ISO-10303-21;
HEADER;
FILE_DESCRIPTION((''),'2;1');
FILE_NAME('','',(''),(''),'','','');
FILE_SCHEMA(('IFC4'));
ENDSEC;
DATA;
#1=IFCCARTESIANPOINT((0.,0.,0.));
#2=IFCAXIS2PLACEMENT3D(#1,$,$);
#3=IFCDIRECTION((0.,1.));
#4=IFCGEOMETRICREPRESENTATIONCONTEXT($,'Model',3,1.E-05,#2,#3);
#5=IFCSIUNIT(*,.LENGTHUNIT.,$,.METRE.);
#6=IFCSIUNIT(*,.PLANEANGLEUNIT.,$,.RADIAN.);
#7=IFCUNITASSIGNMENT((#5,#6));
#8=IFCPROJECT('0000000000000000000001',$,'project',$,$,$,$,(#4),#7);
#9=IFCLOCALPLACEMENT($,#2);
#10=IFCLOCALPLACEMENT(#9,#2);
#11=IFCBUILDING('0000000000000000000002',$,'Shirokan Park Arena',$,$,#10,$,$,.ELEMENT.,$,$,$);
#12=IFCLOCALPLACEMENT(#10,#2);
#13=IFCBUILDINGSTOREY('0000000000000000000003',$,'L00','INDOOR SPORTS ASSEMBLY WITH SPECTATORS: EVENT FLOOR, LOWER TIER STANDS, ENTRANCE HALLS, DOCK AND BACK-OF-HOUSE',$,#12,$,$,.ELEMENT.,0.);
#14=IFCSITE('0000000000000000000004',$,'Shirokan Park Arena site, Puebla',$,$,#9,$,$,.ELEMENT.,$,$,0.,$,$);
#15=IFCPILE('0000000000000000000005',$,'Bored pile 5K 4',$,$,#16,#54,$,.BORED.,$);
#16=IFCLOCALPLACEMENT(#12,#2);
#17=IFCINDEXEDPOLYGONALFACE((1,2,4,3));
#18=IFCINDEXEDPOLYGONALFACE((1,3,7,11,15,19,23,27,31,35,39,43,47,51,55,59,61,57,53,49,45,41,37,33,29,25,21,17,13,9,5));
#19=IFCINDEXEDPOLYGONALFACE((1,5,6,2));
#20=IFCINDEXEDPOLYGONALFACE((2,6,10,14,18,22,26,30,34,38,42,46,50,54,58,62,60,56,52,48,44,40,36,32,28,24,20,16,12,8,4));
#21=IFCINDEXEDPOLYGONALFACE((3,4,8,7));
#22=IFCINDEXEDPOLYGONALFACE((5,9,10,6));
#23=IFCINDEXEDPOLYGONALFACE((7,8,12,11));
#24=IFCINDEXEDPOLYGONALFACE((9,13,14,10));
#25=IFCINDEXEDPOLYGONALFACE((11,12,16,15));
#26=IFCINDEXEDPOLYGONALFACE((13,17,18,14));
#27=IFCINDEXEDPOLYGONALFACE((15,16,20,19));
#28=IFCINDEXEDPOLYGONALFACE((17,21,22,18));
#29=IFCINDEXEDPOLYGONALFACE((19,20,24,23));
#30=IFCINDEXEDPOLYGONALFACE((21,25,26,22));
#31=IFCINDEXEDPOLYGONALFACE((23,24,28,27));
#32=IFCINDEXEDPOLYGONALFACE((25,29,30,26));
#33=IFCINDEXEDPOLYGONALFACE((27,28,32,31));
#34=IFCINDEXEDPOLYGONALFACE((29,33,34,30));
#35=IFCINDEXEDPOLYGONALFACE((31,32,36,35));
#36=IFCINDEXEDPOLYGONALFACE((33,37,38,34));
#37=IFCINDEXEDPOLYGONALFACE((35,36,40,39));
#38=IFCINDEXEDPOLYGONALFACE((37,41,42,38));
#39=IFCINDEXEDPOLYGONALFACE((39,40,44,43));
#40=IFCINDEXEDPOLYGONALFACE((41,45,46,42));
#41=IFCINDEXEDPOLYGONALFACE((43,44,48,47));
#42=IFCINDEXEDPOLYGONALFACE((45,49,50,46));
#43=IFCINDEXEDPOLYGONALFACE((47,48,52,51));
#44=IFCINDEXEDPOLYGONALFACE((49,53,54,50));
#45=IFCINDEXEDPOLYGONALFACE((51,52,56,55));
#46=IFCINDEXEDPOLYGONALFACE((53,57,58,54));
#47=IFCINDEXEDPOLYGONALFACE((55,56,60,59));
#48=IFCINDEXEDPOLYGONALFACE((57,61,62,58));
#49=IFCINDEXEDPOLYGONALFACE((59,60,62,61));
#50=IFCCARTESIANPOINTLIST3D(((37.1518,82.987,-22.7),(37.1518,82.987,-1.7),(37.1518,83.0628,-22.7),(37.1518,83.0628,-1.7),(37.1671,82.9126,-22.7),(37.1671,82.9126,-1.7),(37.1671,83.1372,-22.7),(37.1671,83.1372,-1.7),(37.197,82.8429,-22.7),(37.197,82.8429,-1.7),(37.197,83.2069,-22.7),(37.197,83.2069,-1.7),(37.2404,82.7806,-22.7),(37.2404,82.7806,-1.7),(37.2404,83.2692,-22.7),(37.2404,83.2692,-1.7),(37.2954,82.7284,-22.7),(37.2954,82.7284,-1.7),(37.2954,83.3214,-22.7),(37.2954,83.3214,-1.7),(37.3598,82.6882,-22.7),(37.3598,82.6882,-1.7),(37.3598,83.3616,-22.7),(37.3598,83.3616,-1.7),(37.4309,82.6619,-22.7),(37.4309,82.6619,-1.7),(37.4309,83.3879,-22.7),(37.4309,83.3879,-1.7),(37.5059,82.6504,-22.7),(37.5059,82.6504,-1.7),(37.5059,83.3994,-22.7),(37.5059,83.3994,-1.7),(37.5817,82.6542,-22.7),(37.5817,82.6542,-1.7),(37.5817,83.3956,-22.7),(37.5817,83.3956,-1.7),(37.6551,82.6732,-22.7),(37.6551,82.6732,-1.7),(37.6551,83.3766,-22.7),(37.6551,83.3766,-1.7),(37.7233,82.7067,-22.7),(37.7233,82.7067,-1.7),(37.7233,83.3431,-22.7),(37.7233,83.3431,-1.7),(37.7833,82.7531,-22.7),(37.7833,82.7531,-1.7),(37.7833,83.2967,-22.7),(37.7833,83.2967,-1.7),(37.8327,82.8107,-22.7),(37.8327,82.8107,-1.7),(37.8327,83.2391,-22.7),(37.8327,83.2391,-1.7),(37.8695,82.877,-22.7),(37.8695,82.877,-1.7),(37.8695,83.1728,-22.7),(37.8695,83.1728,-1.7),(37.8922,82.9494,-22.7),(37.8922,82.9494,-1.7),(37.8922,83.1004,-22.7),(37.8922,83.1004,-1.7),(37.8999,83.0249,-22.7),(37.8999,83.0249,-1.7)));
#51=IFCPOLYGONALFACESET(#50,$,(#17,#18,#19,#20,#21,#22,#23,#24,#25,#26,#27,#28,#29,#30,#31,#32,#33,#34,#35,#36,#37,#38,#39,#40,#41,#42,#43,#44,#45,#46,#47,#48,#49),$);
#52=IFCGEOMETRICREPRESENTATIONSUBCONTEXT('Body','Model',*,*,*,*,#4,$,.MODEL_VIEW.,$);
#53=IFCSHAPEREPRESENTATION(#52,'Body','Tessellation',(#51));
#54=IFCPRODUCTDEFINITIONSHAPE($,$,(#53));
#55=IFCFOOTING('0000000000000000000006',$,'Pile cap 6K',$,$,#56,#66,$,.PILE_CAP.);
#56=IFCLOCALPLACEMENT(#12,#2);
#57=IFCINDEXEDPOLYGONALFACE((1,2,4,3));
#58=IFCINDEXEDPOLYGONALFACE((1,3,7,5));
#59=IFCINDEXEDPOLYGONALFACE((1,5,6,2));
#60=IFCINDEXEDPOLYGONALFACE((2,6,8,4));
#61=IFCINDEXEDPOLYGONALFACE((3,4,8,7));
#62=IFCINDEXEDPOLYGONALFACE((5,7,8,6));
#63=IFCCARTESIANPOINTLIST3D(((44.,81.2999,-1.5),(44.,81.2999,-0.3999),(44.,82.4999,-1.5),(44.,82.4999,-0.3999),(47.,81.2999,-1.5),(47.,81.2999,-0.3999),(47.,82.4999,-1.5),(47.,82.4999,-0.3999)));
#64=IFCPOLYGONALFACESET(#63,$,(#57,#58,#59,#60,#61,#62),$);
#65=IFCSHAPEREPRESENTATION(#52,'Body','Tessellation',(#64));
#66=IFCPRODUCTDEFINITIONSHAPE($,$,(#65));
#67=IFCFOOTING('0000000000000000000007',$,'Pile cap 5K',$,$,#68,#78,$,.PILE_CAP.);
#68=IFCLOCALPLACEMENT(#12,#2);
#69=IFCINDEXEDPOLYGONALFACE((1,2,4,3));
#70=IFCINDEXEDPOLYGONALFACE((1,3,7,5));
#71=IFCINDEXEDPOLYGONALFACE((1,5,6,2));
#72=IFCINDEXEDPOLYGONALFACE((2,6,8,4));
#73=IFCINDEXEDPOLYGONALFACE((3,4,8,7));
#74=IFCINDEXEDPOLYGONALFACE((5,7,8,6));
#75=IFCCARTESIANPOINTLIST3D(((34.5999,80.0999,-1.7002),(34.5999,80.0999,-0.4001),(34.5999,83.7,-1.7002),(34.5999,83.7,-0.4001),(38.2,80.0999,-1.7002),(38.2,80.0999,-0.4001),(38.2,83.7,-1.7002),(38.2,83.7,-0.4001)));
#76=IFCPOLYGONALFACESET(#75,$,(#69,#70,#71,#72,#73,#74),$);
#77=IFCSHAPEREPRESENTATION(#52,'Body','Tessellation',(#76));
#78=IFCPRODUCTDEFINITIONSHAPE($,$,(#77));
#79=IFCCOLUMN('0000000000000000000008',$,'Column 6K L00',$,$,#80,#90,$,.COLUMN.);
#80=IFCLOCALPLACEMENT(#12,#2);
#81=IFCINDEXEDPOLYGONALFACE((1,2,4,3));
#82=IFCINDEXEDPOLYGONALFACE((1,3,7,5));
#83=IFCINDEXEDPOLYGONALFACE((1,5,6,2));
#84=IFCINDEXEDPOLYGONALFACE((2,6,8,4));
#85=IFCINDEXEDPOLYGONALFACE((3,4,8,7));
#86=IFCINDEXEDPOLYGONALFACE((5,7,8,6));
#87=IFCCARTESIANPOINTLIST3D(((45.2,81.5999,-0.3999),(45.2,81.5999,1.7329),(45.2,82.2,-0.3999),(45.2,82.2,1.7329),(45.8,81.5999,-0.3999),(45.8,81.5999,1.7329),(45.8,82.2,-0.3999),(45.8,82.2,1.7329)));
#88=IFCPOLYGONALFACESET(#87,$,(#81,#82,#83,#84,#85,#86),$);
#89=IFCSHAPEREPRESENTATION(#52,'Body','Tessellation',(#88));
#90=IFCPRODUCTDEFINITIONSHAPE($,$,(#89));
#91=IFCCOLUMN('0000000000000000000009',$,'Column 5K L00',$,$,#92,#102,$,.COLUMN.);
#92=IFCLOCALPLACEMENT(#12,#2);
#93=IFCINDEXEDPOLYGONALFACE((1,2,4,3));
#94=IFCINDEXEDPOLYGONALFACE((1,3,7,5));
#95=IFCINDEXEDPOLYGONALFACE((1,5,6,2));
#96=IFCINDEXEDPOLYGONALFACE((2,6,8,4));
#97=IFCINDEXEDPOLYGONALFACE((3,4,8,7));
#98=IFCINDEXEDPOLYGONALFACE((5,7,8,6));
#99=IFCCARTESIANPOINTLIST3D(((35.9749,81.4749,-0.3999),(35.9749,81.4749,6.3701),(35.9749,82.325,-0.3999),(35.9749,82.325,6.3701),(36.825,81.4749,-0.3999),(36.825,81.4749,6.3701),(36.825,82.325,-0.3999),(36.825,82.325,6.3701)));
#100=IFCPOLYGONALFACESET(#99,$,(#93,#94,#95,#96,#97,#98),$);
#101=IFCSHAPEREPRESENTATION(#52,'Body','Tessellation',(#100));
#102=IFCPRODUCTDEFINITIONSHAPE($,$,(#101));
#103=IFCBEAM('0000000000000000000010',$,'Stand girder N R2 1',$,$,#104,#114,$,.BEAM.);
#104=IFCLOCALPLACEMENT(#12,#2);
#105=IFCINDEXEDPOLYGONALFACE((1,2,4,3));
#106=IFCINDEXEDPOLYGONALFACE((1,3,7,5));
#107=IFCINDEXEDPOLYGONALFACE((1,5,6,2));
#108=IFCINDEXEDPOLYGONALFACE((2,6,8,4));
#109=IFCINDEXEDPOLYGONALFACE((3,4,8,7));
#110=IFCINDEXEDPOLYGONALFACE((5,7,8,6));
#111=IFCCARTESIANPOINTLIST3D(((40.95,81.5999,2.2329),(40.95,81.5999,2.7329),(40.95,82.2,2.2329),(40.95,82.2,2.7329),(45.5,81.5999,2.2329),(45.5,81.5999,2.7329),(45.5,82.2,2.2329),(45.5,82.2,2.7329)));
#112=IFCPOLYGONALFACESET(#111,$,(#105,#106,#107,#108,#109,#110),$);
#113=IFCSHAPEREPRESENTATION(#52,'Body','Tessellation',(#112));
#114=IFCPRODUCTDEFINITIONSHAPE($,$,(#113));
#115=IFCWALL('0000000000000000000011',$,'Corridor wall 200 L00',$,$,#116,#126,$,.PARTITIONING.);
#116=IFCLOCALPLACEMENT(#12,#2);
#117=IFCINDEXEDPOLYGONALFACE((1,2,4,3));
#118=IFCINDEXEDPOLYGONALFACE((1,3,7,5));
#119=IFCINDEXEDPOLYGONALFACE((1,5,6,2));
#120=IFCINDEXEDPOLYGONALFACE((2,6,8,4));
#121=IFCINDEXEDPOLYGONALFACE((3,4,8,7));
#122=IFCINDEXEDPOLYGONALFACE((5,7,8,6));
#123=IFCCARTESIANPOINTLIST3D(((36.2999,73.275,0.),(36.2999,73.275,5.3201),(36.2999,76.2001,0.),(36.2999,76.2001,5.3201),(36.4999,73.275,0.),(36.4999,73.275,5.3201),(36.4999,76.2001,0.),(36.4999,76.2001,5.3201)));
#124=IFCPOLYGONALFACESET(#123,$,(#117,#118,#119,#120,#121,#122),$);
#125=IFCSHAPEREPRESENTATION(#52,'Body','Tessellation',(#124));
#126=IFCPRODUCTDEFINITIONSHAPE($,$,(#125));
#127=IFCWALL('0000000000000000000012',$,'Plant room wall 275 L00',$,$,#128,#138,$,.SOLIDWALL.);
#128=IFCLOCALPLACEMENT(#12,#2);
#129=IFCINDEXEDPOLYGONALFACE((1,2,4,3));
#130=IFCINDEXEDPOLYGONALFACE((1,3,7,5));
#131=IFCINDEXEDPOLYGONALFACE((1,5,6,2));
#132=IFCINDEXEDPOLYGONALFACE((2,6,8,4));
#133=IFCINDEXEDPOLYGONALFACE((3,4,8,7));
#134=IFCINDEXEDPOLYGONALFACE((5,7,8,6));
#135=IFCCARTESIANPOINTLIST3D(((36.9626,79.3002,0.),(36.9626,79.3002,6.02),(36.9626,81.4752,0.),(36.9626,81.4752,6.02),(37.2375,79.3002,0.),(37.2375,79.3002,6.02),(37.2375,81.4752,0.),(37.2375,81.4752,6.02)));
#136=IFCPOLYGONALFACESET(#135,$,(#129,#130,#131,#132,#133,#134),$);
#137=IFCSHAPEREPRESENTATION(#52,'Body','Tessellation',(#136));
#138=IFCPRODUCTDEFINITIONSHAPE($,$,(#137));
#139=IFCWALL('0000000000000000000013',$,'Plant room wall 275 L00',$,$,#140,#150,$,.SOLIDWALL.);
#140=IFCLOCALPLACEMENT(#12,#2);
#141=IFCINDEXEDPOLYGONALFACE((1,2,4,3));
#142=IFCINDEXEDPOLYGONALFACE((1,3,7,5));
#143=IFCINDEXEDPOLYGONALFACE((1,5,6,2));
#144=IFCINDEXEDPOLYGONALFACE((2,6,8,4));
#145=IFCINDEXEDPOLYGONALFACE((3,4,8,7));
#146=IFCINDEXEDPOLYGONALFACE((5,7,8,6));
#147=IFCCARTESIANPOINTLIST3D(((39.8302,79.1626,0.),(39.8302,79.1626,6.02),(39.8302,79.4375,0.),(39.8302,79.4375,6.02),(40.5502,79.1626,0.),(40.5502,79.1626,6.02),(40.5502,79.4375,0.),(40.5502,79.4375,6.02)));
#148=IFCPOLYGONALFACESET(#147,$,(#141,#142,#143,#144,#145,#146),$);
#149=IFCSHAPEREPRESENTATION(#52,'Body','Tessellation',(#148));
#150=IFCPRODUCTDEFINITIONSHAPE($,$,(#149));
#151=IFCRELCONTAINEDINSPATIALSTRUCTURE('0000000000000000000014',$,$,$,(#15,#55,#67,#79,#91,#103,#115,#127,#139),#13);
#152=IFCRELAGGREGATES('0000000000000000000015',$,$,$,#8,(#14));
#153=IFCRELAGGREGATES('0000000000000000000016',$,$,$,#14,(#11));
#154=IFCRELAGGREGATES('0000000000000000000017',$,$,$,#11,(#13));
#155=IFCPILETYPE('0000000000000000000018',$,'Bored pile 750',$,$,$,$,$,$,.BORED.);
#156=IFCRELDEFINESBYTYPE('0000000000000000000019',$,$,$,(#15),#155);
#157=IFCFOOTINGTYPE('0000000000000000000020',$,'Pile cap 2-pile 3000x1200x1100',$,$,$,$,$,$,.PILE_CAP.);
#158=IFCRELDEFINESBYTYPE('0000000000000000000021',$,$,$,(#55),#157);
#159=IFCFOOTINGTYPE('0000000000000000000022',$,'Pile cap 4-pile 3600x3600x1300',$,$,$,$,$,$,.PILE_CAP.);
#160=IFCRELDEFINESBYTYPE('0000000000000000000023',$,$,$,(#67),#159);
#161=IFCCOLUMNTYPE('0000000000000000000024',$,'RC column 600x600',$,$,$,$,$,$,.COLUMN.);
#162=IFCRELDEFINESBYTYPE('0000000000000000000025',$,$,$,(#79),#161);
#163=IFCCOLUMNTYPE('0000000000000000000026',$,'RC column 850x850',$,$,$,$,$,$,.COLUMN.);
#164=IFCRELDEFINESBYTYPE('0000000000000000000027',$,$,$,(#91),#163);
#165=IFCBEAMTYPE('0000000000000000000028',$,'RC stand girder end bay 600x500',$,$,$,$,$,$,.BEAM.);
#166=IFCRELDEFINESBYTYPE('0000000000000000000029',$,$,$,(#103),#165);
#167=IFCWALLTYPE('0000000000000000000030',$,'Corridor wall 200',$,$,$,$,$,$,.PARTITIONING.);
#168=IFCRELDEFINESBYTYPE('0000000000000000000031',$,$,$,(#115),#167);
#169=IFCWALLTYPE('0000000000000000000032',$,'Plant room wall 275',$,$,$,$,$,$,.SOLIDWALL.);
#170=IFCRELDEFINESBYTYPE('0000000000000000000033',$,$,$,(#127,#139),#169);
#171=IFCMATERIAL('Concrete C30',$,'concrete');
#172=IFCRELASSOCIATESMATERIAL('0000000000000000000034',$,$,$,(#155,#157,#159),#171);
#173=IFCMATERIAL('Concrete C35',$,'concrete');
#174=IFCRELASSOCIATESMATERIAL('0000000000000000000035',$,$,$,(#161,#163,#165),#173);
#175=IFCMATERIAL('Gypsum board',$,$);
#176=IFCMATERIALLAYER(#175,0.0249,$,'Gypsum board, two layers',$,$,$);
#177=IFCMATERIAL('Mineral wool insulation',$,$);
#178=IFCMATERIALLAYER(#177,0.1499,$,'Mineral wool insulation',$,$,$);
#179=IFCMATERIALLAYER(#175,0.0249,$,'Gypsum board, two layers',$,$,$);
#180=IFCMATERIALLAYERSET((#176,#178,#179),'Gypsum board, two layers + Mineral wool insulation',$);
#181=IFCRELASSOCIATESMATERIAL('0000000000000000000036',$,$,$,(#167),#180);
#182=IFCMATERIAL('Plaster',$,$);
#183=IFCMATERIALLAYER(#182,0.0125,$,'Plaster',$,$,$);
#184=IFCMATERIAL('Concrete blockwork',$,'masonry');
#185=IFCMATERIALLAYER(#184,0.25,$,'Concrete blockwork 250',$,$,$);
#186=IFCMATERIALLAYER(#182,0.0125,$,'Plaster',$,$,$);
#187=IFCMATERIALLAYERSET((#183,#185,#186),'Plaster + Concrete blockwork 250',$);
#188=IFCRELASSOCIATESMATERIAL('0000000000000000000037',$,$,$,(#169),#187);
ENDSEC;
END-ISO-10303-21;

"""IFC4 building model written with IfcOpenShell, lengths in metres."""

from ifc_helpers import new_model, si_unit, direction, frame, frame_2d, origin, origin_2d, place, context, subcontext, project, spatial, rectangle, circle, extrude, material, layer, layer_set, material_profile, profile_set, type_object, element, save


model = new_model("IFC4")

# Units and contexts
model_context = context("Model", 3, precision=1e-05, world=origin(), true_north=direction((0.0, 1.0)))
body_context = subcontext(model_context, "Body", "Model", "MODEL_VIEW")
ifc_project = project(units=[si_unit("LENGTHUNIT", "METRE"), si_unit("PLANEANGLEUNIT", "RADIAN")], contexts=[model_context])

# Site, building, storey
site_placement = place(None, origin())
site = spatial("IfcSite", under=ifc_project, at=site_placement, Name="Shirokan Park Arena site, Puebla", CompositionType="ELEMENT", RefElevation=0.0)
building_placement = place(site_placement, origin())
building = spatial("IfcBuilding", under=site, at=building_placement, Name="Shirokan Park Arena", CompositionType="ELEMENT")
storey_placement = place(building_placement, origin())
storey = spatial("IfcBuildingStorey", under=building, at=storey_placement, Name="L00", Description="INDOOR SPORTS ASSEMBLY WITH SPECTATORS: EVENT FLOOR, LOWER TIER STANDS, ENTRANCE HALLS, DOCK AND BACK-OF-HOUSE", CompositionType="ELEMENT", Elevation=0.0)

# Pile
ifc_material_1 = material(Name="Concrete C30", Category="concrete")
ifc_material_profile_1 = material_profile(ifc_material_1, circle(Radius=0.375, at=origin_2d()), Name="D750")
ifc_profile_set_1 = profile_set([ifc_material_profile_1], Name="Concrete C30")
pile_type_1 = type_object("IfcPileType", Name="Bored pile 750", PredefinedType="BORED", material=ifc_profile_set_1)
for number, where, z_axis, x_axis, name in (
    (1, (37.5249, 83.0249, -1.7), (0.0, 0.0, -1.0), (1.0, 0.0, 0.0), "Bored pile 5K 4"),
):
    element("IfcPile", number, at=place(storey_placement, frame(where, z_axis=z_axis, x_axis=x_axis)), inside=storey, type_object=pile_type_1, Name=name, PredefinedType="BORED", context=body_context, shape_type="SweptSolid", body=[
        extrude(circle(Radius=0.375, at=origin_2d()), origin(), (0.0, 0.0, 1.0), 21.0),
    ])

# Footings
footing_type_1 = type_object("IfcFootingType", Name="Pile cap 2-pile 3000x1200x1100", PredefinedType="PILE_CAP", material=ifc_material_1)
footing_1_placement = place(storey_placement, frame((45.5, 81.8999, -1.5), z_axis=(0.0, 0.0, 1.0), x_axis=(1.0, 0.0, 0.0)))
element("IfcFooting", 2, at=footing_1_placement, inside=storey, type_object=footing_type_1, Name="Pile cap 6K", PredefinedType="PILE_CAP", context=body_context, shape_type="SweptSolid", body=[
    extrude(rectangle(XDim=3.0, YDim=1.2, at=origin_2d()), origin(), (0.0, 0.0, 1.0), 1.1001),
])
footing_type_2 = type_object("IfcFootingType", Name="Pile cap 4-pile 3600x3600x1300", PredefinedType="PILE_CAP", material=ifc_material_1)
footing_2_placement = place(storey_placement, frame((36.3999, 81.8999, -1.7002), z_axis=(0.0, 0.0, 1.0), x_axis=(1.0, 0.0, 0.0)))
element("IfcFooting", 3, at=footing_2_placement, inside=storey, type_object=footing_type_2, Name="Pile cap 5K", PredefinedType="PILE_CAP", context=body_context, shape_type="SweptSolid", body=[
    extrude(rectangle(XDim=3.6001, YDim=3.6001, at=origin_2d()), origin(), (0.0, 0.0, 1.0), 1.3),
])

# Columns
ifc_material_2 = material(Name="Concrete C35", Category="concrete")
ifc_material_profile_2 = material_profile(ifc_material_2, rectangle(XDim=0.6001, YDim=0.6001, at=origin_2d()), Name="600x600")
ifc_profile_set_2 = profile_set([ifc_material_profile_2], Name="Concrete C35")
column_type_1 = type_object("IfcColumnType", Name="RC column 600x600", PredefinedType="COLUMN", material=ifc_profile_set_2)
column_1_placement = place(storey_placement, frame((45.5, 81.8999, -0.3999), z_axis=(0.0, 0.0, 1.0), x_axis=(1.0, 0.0, 0.0)))
element("IfcColumn", 4, at=column_1_placement, inside=storey, type_object=column_type_1, Name="Column 6K L00", PredefinedType="COLUMN", context=body_context, shape_type="SweptSolid", body=[
    extrude(rectangle(XDim=0.6001, YDim=0.6001, at=origin_2d()), origin(), (0.0, 0.0, 1.0), 2.1328),
])
ifc_material_profile_3 = material_profile(ifc_material_2, rectangle(XDim=0.8501, YDim=0.8501, at=origin_2d()), Name="850x850")
ifc_profile_set_3 = profile_set([ifc_material_profile_3], Name="Concrete C35")
column_type_2 = type_object("IfcColumnType", Name="RC column 850x850", PredefinedType="COLUMN", material=ifc_profile_set_3)
column_2_placement = place(storey_placement, frame((36.3999, 81.8999, -0.3999), z_axis=(0.0, 0.0, 1.0), x_axis=(1.0, 0.0, 0.0)))
element("IfcColumn", 5, at=column_2_placement, inside=storey, type_object=column_type_2, Name="Column 5K L00", PredefinedType="COLUMN", context=body_context, shape_type="SweptSolid", body=[
    extrude(rectangle(XDim=0.8501, YDim=0.8501, at=origin_2d()), origin(), (0.0, 0.0, 1.0), 6.77),
])

# Beam
ifc_material_profile_4 = material_profile(ifc_material_2, rectangle(XDim=0.6001, YDim=0.5, at=origin_2d()), Name="600x500")
ifc_profile_set_4 = profile_set([ifc_material_profile_4], Name="Concrete C35")
beam_type = type_object("IfcBeamType", Name="RC stand girder end bay 600x500", PredefinedType="BEAM", material=ifc_profile_set_4)
beam_placement = place(storey_placement, frame((40.95, 81.8999, 2.4829), z_axis=(1.0, 0.0, 0.0), x_axis=(0.0, 1.0, 0.0)))
element("IfcBeam", 6, at=beam_placement, inside=storey, type_object=beam_type, Name="Stand girder N R2 1", PredefinedType="BEAM", context=body_context, shape_type="SweptSolid", body=[
    extrude(rectangle(XDim=0.6001, YDim=0.5, at=origin_2d()), origin(), (0.0, 0.0, 1.0), 4.55),
])

# Walls
ifc_material_3 = material(Name="Gypsum board")
ifc_layer_1 = layer(ifc_material_3, 0.0249, Name="Gypsum board, two layers")
ifc_material_4 = material(Name="Mineral wool insulation")
ifc_layer_2 = layer(ifc_material_4, 0.1499, Name="Mineral wool insulation")
ifc_layer_3 = layer(ifc_material_3, 0.0249, Name="Gypsum board, two layers")
ifc_layer_set_1 = layer_set([ifc_layer_1, ifc_layer_2, ifc_layer_3], Name="Gypsum board, two layers + Mineral wool insulation")
wall_type_1 = type_object("IfcWallType", Name="Corridor wall 200", PredefinedType="PARTITIONING", material=ifc_layer_set_1)
wall_1_placement = place(storey_placement, frame((36.3999, 76.2, 0.0), z_axis=(0.0, 0.0, 1.0), x_axis=(0.0, -1.0, 0.0)))
element("IfcWall", 7, at=wall_1_placement, inside=storey, type_object=wall_type_1, Name="Corridor wall 200 L00", PredefinedType="PARTITIONING", context=body_context, shape_type="SweptSolid", body=[
    extrude(rectangle(XDim=2.925, YDim=0.2, at=frame_2d((1.4624, 0.0))), origin(), (0.0, 0.0, 1.0), 5.3201),
])
ifc_material_5 = material(Name="Plaster")
ifc_layer_4 = layer(ifc_material_5, 0.0125, Name="Plaster")
ifc_material_6 = material(Name="Concrete blockwork", Category="masonry")
ifc_layer_5 = layer(ifc_material_6, 0.25, Name="Concrete blockwork 250")
ifc_layer_6 = layer(ifc_material_5, 0.0125, Name="Plaster")
ifc_layer_set_2 = layer_set([ifc_layer_4, ifc_layer_5, ifc_layer_6], Name="Plaster + Concrete blockwork 250")
wall_type_2 = type_object("IfcWallType", Name="Plant room wall 275", PredefinedType="SOLIDWALL", material=ifc_layer_set_2)
wall_2_placement = place(storey_placement, frame((37.1001, 81.4751, 0.0), z_axis=(0.0, 0.0, 1.0), x_axis=(0.0, -1.0, 0.0)))
element("IfcWall", 8, at=wall_2_placement, inside=storey, type_object=wall_type_2, Name="Plant room wall 275 L00", PredefinedType="SOLIDWALL", context=body_context, shape_type="SweptSolid", body=[
    extrude(rectangle(XDim=2.175, YDim=0.2749, at=frame_2d((1.0874, 0.0))), origin(), (0.0, 0.0, 1.0), 6.02),
])
wall_3_placement = place(storey_placement, frame((40.55, 79.3, 0.0), z_axis=(0.0, 0.0, 1.0), x_axis=(-1.0, 0.0, 0.0)))
element("IfcWall", 9, at=wall_3_placement, inside=storey, type_object=wall_type_2, Name="Plant room wall 275 L00", PredefinedType="SOLIDWALL", context=body_context, shape_type="SweptSolid", body=[
    extrude(rectangle(XDim=0.72, YDim=0.2749, at=frame_2d((0.3599, 0.0))), origin(), (0.0, 0.0, 1.0), 6.02),
])

save(model, "model.ifc")
